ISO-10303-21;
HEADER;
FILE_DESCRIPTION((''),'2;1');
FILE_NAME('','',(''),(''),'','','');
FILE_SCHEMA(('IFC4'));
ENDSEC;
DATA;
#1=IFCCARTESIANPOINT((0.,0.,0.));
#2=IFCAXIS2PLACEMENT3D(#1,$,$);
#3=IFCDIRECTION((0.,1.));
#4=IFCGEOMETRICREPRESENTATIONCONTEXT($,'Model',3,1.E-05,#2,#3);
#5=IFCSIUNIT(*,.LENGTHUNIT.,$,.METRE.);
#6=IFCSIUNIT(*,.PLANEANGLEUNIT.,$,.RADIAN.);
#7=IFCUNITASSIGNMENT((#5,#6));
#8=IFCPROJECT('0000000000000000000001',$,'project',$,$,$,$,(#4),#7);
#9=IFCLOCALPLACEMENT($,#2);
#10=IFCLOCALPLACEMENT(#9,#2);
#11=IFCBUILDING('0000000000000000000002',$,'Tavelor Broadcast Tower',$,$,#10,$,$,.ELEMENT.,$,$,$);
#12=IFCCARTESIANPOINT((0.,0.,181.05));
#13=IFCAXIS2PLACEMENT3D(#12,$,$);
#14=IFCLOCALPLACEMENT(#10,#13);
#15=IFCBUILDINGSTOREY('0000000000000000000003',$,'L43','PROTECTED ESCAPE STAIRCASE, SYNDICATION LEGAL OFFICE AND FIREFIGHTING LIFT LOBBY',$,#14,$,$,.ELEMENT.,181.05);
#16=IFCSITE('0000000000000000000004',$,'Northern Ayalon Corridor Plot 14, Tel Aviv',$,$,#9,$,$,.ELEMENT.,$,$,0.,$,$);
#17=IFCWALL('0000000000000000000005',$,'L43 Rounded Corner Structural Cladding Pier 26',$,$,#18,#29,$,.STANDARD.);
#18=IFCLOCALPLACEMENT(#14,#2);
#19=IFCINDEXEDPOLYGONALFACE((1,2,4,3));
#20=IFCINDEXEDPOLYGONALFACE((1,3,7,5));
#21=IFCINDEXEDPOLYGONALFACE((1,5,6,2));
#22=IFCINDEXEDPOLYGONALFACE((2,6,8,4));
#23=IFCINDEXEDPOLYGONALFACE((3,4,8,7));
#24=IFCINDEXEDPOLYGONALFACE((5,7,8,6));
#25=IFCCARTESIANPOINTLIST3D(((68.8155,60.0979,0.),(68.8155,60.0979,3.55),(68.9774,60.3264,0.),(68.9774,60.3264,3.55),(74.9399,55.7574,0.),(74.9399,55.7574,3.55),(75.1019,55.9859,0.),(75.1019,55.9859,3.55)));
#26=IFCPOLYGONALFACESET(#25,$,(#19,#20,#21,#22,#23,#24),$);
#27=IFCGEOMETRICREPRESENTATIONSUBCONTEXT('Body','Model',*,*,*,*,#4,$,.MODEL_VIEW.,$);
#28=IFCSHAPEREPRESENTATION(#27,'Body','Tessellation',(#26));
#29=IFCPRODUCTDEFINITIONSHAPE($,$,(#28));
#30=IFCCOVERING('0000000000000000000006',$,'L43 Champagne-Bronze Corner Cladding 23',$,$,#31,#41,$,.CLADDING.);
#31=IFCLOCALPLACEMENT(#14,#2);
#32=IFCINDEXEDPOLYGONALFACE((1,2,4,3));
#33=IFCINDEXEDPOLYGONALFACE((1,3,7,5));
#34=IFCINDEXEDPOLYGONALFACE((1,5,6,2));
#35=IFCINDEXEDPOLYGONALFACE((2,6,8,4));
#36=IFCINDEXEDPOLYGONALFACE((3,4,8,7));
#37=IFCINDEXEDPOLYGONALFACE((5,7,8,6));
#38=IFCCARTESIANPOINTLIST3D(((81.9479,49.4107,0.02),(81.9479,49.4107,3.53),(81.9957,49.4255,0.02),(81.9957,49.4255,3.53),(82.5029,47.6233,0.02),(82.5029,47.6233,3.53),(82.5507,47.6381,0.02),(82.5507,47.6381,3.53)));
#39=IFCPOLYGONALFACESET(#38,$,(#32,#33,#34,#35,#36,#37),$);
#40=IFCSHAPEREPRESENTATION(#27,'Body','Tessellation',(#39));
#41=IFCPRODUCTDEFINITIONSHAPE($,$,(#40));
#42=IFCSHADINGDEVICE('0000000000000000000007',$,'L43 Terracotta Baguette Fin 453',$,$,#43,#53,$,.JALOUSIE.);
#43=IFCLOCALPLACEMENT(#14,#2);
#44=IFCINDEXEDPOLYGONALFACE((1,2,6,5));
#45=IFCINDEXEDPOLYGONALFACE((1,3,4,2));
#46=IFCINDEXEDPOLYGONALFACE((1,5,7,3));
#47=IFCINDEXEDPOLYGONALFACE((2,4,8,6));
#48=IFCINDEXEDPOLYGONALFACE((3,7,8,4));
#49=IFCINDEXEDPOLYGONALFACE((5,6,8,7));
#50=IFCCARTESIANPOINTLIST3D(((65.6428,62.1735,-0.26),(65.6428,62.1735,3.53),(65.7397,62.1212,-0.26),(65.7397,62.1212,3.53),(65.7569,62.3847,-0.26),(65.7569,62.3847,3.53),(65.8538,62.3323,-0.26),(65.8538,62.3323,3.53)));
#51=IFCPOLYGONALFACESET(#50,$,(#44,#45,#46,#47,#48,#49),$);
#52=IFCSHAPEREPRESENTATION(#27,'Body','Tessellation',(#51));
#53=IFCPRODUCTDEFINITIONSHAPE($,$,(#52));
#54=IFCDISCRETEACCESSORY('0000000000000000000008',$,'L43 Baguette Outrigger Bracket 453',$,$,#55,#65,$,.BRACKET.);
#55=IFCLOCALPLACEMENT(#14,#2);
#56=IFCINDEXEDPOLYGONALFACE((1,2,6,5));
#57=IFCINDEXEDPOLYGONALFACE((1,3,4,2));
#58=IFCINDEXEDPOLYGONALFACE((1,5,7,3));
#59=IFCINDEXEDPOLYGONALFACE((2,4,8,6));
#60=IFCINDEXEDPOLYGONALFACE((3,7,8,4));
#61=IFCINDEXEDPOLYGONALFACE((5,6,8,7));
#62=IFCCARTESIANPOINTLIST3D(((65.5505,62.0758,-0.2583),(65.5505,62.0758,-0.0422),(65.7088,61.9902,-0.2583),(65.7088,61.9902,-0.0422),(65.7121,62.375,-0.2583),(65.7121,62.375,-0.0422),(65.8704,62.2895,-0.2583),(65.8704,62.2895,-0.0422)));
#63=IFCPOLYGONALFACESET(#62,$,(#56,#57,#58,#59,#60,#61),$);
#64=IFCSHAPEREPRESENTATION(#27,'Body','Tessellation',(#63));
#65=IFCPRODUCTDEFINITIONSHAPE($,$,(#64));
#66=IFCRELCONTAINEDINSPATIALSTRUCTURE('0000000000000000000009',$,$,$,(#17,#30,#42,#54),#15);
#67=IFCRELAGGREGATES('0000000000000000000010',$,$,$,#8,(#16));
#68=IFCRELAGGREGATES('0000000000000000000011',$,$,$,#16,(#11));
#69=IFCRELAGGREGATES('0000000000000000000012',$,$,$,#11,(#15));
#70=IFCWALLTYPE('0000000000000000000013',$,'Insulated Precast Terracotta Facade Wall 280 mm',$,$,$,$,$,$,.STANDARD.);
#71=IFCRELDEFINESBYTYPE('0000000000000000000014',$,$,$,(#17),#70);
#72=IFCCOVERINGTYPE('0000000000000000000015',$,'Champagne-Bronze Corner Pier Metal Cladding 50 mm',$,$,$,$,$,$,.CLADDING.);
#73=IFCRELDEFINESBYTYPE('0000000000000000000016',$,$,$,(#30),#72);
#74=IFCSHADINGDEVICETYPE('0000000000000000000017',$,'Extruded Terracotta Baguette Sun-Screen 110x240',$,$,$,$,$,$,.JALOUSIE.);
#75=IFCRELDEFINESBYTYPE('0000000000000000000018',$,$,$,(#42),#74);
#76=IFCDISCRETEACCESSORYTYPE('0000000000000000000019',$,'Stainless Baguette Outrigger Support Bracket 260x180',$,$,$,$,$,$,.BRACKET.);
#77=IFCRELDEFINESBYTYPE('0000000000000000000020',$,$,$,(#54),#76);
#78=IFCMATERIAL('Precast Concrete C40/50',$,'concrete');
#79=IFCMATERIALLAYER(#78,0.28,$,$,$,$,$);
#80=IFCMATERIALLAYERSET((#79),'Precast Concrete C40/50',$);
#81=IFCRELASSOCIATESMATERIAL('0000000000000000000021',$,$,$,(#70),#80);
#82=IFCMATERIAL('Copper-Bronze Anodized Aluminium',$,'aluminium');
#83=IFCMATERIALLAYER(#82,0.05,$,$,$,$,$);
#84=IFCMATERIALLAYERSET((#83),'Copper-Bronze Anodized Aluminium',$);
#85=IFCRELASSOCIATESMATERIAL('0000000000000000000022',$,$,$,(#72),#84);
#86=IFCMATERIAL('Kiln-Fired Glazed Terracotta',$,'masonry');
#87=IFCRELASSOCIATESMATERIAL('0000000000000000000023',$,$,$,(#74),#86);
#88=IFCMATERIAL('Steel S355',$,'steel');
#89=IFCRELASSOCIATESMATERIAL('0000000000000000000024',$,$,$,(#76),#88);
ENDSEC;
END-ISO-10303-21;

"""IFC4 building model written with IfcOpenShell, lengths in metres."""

from ifc_helpers import new_model, si_unit, direction, frame, frame_2d, origin, origin_2d, place, context, subcontext, project, spatial, rectangle, extrude, source, transform, mapped, material, layer, layer_set, type_object, type_shapes, element, save


model = new_model("IFC4")

# Units and contexts
model_context = context("Model", 3, precision=1e-05, world=origin(), true_north=direction((0.0, 1.0)))
body_context = subcontext(model_context, "Body", "Model", "MODEL_VIEW")
ifc_project = project(units=[si_unit("LENGTHUNIT", "METRE"), si_unit("PLANEANGLEUNIT", "RADIAN")], contexts=[model_context])

# Site, building, storey
site_placement = place(None, origin())
site = spatial("IfcSite", under=ifc_project, at=site_placement, Name="Northern Ayalon Corridor Plot 14, Tel Aviv", CompositionType="ELEMENT", RefElevation=0.0)
building_placement = place(site_placement, origin())
building = spatial("IfcBuilding", under=site, at=building_placement, Name="Tavelor Broadcast Tower", CompositionType="ELEMENT")
storey_placement = place(building_placement, frame((0.0, 0.0, 181.05)))
storey = spatial("IfcBuildingStorey", under=building, at=storey_placement, Name="L43", Description="PROTECTED ESCAPE STAIRCASE, SYNDICATION LEGAL OFFICE AND FIREFIGHTING LIFT LOBBY", CompositionType="ELEMENT", Elevation=181.05)

# Shared definitions
ifc_material_1 = material(Name="Steel S355", Category="steel")

# Wall
ifc_material_2 = material(Name="Precast Concrete C40/50", Category="concrete")
ifc_layer_1 = layer(ifc_material_2, 0.28)
ifc_layer_set_1 = layer_set([ifc_layer_1], Name="Precast Concrete C40/50")
wall_type = type_object("IfcWallType", Name="Insulated Precast Terracotta Facade Wall 280 mm", PredefinedType="STANDARD", material=ifc_layer_set_1)
wall_1_placement = place(storey_placement, frame((75.021, 55.8716, 0.0), z_axis=(0.0, 0.0, 1.0), x_axis=(-0.815875, 0.578228, 0.0)))
element("IfcWall", 1, at=wall_1_placement, inside=storey, type_object=wall_type, Name="L43 Rounded Corner Structural Cladding Pier 26", PredefinedType="STANDARD", context=body_context, shape_type="SweptSolid", body=[
    extrude(rectangle(XDim=7.5066, YDim=0.28, at=frame_2d((3.7534, 0.0))), origin(), (0.0, 0.0, 1.0), 3.55),
])

# Covering
ifc_material_3 = material(Name="Copper-Bronze Anodized Aluminium", Category="aluminium")
ifc_layer_2 = layer(ifc_material_3, 0.05)
ifc_layer_set_2 = layer_set([ifc_layer_2], Name="Copper-Bronze Anodized Aluminium")
covering_type = type_object("IfcCoveringType", Name="Champagne-Bronze Corner Pier Metal Cladding 50 mm", PredefinedType="CLADDING", material=ifc_layer_set_2)
covering_placement = place(storey_placement, frame((82.2493, 48.5244, 0.02), z_axis=(0.0, 0.0, 1.0), x_axis=(-0.296542, 0.95502, 0.0)))
element("IfcCovering", 2, at=covering_placement, inside=storey, type_object=covering_type, Name="L43 Champagne-Bronze Corner Cladding 23", PredefinedType="CLADDING", context=body_context, shape_type="SweptSolid", body=[
    extrude(rectangle(XDim=1.8716, YDim=0.05, at=origin_2d()), origin(), (0.0, 0.0, 1.0), 3.51),
])

# Shading device
ifc_material_4 = material(Name="Kiln-Fired Glazed Terracotta", Category="masonry")
shading_device_type = type_object("IfcShadingDeviceType", Name="Extruded Terracotta Baguette Sun-Screen 110x240", PredefinedType="JALOUSIE", material=ifc_material_4)
shared_shape_1 = source(origin(), body_context, "Body", "SweptSolid", [
    extrude(rectangle(XDim=0.1101, YDim=0.24, at=origin_2d()), origin(), (0.0, 0.0, 1.0), 3.79),
])
type_shapes(shading_device_type, [shared_shape_1])
shading_device_placement = place(storey_placement, frame((65.7483, 62.2529, -0.26), z_axis=(0.0, 0.0, 1.0), x_axis=(-0.879815, 0.475317, 0.0)))
element("IfcShadingDevice", 3, at=shading_device_placement, inside=storey, type_object=shading_device_type, Name="L43 Terracotta Baguette Fin 453", PredefinedType="JALOUSIE", context=body_context, shape_type="MappedRepresentation", body=[
    mapped(shared_shape_1, transform((0.0, 0.0, 0.0), scale=1.0)),
])

# Discrete accessory
discrete_accessory_type = type_object("IfcDiscreteAccessoryType", Name="Stainless Baguette Outrigger Support Bracket 260x180", PredefinedType="BRACKET", material=ifc_material_1)
shared_shape_2 = source(origin(), body_context, "Body", "SweptSolid", [
    extrude(rectangle(XDim=0.1799, YDim=0.3401, at=origin_2d()), origin(), (0.0, 0.0, 1.0), 0.2161),
])
type_shapes(discrete_accessory_type, [shared_shape_2])
discrete_accessory_placement = place(storey_placement, frame((65.7104, 62.1826, -0.2583), z_axis=(0.0, 0.0, 1.0), x_axis=(-0.879815, 0.475317, 0.0)))
element("IfcDiscreteAccessory", 4, at=discrete_accessory_placement, inside=storey, type_object=discrete_accessory_type, Name="L43 Baguette Outrigger Bracket 453", PredefinedType="BRACKET", context=body_context, shape_type="MappedRepresentation", body=[
    mapped(shared_shape_2, transform((0.0, 0.0, 0.0), scale=1.0)),
])

save(model, "model.ifc")
